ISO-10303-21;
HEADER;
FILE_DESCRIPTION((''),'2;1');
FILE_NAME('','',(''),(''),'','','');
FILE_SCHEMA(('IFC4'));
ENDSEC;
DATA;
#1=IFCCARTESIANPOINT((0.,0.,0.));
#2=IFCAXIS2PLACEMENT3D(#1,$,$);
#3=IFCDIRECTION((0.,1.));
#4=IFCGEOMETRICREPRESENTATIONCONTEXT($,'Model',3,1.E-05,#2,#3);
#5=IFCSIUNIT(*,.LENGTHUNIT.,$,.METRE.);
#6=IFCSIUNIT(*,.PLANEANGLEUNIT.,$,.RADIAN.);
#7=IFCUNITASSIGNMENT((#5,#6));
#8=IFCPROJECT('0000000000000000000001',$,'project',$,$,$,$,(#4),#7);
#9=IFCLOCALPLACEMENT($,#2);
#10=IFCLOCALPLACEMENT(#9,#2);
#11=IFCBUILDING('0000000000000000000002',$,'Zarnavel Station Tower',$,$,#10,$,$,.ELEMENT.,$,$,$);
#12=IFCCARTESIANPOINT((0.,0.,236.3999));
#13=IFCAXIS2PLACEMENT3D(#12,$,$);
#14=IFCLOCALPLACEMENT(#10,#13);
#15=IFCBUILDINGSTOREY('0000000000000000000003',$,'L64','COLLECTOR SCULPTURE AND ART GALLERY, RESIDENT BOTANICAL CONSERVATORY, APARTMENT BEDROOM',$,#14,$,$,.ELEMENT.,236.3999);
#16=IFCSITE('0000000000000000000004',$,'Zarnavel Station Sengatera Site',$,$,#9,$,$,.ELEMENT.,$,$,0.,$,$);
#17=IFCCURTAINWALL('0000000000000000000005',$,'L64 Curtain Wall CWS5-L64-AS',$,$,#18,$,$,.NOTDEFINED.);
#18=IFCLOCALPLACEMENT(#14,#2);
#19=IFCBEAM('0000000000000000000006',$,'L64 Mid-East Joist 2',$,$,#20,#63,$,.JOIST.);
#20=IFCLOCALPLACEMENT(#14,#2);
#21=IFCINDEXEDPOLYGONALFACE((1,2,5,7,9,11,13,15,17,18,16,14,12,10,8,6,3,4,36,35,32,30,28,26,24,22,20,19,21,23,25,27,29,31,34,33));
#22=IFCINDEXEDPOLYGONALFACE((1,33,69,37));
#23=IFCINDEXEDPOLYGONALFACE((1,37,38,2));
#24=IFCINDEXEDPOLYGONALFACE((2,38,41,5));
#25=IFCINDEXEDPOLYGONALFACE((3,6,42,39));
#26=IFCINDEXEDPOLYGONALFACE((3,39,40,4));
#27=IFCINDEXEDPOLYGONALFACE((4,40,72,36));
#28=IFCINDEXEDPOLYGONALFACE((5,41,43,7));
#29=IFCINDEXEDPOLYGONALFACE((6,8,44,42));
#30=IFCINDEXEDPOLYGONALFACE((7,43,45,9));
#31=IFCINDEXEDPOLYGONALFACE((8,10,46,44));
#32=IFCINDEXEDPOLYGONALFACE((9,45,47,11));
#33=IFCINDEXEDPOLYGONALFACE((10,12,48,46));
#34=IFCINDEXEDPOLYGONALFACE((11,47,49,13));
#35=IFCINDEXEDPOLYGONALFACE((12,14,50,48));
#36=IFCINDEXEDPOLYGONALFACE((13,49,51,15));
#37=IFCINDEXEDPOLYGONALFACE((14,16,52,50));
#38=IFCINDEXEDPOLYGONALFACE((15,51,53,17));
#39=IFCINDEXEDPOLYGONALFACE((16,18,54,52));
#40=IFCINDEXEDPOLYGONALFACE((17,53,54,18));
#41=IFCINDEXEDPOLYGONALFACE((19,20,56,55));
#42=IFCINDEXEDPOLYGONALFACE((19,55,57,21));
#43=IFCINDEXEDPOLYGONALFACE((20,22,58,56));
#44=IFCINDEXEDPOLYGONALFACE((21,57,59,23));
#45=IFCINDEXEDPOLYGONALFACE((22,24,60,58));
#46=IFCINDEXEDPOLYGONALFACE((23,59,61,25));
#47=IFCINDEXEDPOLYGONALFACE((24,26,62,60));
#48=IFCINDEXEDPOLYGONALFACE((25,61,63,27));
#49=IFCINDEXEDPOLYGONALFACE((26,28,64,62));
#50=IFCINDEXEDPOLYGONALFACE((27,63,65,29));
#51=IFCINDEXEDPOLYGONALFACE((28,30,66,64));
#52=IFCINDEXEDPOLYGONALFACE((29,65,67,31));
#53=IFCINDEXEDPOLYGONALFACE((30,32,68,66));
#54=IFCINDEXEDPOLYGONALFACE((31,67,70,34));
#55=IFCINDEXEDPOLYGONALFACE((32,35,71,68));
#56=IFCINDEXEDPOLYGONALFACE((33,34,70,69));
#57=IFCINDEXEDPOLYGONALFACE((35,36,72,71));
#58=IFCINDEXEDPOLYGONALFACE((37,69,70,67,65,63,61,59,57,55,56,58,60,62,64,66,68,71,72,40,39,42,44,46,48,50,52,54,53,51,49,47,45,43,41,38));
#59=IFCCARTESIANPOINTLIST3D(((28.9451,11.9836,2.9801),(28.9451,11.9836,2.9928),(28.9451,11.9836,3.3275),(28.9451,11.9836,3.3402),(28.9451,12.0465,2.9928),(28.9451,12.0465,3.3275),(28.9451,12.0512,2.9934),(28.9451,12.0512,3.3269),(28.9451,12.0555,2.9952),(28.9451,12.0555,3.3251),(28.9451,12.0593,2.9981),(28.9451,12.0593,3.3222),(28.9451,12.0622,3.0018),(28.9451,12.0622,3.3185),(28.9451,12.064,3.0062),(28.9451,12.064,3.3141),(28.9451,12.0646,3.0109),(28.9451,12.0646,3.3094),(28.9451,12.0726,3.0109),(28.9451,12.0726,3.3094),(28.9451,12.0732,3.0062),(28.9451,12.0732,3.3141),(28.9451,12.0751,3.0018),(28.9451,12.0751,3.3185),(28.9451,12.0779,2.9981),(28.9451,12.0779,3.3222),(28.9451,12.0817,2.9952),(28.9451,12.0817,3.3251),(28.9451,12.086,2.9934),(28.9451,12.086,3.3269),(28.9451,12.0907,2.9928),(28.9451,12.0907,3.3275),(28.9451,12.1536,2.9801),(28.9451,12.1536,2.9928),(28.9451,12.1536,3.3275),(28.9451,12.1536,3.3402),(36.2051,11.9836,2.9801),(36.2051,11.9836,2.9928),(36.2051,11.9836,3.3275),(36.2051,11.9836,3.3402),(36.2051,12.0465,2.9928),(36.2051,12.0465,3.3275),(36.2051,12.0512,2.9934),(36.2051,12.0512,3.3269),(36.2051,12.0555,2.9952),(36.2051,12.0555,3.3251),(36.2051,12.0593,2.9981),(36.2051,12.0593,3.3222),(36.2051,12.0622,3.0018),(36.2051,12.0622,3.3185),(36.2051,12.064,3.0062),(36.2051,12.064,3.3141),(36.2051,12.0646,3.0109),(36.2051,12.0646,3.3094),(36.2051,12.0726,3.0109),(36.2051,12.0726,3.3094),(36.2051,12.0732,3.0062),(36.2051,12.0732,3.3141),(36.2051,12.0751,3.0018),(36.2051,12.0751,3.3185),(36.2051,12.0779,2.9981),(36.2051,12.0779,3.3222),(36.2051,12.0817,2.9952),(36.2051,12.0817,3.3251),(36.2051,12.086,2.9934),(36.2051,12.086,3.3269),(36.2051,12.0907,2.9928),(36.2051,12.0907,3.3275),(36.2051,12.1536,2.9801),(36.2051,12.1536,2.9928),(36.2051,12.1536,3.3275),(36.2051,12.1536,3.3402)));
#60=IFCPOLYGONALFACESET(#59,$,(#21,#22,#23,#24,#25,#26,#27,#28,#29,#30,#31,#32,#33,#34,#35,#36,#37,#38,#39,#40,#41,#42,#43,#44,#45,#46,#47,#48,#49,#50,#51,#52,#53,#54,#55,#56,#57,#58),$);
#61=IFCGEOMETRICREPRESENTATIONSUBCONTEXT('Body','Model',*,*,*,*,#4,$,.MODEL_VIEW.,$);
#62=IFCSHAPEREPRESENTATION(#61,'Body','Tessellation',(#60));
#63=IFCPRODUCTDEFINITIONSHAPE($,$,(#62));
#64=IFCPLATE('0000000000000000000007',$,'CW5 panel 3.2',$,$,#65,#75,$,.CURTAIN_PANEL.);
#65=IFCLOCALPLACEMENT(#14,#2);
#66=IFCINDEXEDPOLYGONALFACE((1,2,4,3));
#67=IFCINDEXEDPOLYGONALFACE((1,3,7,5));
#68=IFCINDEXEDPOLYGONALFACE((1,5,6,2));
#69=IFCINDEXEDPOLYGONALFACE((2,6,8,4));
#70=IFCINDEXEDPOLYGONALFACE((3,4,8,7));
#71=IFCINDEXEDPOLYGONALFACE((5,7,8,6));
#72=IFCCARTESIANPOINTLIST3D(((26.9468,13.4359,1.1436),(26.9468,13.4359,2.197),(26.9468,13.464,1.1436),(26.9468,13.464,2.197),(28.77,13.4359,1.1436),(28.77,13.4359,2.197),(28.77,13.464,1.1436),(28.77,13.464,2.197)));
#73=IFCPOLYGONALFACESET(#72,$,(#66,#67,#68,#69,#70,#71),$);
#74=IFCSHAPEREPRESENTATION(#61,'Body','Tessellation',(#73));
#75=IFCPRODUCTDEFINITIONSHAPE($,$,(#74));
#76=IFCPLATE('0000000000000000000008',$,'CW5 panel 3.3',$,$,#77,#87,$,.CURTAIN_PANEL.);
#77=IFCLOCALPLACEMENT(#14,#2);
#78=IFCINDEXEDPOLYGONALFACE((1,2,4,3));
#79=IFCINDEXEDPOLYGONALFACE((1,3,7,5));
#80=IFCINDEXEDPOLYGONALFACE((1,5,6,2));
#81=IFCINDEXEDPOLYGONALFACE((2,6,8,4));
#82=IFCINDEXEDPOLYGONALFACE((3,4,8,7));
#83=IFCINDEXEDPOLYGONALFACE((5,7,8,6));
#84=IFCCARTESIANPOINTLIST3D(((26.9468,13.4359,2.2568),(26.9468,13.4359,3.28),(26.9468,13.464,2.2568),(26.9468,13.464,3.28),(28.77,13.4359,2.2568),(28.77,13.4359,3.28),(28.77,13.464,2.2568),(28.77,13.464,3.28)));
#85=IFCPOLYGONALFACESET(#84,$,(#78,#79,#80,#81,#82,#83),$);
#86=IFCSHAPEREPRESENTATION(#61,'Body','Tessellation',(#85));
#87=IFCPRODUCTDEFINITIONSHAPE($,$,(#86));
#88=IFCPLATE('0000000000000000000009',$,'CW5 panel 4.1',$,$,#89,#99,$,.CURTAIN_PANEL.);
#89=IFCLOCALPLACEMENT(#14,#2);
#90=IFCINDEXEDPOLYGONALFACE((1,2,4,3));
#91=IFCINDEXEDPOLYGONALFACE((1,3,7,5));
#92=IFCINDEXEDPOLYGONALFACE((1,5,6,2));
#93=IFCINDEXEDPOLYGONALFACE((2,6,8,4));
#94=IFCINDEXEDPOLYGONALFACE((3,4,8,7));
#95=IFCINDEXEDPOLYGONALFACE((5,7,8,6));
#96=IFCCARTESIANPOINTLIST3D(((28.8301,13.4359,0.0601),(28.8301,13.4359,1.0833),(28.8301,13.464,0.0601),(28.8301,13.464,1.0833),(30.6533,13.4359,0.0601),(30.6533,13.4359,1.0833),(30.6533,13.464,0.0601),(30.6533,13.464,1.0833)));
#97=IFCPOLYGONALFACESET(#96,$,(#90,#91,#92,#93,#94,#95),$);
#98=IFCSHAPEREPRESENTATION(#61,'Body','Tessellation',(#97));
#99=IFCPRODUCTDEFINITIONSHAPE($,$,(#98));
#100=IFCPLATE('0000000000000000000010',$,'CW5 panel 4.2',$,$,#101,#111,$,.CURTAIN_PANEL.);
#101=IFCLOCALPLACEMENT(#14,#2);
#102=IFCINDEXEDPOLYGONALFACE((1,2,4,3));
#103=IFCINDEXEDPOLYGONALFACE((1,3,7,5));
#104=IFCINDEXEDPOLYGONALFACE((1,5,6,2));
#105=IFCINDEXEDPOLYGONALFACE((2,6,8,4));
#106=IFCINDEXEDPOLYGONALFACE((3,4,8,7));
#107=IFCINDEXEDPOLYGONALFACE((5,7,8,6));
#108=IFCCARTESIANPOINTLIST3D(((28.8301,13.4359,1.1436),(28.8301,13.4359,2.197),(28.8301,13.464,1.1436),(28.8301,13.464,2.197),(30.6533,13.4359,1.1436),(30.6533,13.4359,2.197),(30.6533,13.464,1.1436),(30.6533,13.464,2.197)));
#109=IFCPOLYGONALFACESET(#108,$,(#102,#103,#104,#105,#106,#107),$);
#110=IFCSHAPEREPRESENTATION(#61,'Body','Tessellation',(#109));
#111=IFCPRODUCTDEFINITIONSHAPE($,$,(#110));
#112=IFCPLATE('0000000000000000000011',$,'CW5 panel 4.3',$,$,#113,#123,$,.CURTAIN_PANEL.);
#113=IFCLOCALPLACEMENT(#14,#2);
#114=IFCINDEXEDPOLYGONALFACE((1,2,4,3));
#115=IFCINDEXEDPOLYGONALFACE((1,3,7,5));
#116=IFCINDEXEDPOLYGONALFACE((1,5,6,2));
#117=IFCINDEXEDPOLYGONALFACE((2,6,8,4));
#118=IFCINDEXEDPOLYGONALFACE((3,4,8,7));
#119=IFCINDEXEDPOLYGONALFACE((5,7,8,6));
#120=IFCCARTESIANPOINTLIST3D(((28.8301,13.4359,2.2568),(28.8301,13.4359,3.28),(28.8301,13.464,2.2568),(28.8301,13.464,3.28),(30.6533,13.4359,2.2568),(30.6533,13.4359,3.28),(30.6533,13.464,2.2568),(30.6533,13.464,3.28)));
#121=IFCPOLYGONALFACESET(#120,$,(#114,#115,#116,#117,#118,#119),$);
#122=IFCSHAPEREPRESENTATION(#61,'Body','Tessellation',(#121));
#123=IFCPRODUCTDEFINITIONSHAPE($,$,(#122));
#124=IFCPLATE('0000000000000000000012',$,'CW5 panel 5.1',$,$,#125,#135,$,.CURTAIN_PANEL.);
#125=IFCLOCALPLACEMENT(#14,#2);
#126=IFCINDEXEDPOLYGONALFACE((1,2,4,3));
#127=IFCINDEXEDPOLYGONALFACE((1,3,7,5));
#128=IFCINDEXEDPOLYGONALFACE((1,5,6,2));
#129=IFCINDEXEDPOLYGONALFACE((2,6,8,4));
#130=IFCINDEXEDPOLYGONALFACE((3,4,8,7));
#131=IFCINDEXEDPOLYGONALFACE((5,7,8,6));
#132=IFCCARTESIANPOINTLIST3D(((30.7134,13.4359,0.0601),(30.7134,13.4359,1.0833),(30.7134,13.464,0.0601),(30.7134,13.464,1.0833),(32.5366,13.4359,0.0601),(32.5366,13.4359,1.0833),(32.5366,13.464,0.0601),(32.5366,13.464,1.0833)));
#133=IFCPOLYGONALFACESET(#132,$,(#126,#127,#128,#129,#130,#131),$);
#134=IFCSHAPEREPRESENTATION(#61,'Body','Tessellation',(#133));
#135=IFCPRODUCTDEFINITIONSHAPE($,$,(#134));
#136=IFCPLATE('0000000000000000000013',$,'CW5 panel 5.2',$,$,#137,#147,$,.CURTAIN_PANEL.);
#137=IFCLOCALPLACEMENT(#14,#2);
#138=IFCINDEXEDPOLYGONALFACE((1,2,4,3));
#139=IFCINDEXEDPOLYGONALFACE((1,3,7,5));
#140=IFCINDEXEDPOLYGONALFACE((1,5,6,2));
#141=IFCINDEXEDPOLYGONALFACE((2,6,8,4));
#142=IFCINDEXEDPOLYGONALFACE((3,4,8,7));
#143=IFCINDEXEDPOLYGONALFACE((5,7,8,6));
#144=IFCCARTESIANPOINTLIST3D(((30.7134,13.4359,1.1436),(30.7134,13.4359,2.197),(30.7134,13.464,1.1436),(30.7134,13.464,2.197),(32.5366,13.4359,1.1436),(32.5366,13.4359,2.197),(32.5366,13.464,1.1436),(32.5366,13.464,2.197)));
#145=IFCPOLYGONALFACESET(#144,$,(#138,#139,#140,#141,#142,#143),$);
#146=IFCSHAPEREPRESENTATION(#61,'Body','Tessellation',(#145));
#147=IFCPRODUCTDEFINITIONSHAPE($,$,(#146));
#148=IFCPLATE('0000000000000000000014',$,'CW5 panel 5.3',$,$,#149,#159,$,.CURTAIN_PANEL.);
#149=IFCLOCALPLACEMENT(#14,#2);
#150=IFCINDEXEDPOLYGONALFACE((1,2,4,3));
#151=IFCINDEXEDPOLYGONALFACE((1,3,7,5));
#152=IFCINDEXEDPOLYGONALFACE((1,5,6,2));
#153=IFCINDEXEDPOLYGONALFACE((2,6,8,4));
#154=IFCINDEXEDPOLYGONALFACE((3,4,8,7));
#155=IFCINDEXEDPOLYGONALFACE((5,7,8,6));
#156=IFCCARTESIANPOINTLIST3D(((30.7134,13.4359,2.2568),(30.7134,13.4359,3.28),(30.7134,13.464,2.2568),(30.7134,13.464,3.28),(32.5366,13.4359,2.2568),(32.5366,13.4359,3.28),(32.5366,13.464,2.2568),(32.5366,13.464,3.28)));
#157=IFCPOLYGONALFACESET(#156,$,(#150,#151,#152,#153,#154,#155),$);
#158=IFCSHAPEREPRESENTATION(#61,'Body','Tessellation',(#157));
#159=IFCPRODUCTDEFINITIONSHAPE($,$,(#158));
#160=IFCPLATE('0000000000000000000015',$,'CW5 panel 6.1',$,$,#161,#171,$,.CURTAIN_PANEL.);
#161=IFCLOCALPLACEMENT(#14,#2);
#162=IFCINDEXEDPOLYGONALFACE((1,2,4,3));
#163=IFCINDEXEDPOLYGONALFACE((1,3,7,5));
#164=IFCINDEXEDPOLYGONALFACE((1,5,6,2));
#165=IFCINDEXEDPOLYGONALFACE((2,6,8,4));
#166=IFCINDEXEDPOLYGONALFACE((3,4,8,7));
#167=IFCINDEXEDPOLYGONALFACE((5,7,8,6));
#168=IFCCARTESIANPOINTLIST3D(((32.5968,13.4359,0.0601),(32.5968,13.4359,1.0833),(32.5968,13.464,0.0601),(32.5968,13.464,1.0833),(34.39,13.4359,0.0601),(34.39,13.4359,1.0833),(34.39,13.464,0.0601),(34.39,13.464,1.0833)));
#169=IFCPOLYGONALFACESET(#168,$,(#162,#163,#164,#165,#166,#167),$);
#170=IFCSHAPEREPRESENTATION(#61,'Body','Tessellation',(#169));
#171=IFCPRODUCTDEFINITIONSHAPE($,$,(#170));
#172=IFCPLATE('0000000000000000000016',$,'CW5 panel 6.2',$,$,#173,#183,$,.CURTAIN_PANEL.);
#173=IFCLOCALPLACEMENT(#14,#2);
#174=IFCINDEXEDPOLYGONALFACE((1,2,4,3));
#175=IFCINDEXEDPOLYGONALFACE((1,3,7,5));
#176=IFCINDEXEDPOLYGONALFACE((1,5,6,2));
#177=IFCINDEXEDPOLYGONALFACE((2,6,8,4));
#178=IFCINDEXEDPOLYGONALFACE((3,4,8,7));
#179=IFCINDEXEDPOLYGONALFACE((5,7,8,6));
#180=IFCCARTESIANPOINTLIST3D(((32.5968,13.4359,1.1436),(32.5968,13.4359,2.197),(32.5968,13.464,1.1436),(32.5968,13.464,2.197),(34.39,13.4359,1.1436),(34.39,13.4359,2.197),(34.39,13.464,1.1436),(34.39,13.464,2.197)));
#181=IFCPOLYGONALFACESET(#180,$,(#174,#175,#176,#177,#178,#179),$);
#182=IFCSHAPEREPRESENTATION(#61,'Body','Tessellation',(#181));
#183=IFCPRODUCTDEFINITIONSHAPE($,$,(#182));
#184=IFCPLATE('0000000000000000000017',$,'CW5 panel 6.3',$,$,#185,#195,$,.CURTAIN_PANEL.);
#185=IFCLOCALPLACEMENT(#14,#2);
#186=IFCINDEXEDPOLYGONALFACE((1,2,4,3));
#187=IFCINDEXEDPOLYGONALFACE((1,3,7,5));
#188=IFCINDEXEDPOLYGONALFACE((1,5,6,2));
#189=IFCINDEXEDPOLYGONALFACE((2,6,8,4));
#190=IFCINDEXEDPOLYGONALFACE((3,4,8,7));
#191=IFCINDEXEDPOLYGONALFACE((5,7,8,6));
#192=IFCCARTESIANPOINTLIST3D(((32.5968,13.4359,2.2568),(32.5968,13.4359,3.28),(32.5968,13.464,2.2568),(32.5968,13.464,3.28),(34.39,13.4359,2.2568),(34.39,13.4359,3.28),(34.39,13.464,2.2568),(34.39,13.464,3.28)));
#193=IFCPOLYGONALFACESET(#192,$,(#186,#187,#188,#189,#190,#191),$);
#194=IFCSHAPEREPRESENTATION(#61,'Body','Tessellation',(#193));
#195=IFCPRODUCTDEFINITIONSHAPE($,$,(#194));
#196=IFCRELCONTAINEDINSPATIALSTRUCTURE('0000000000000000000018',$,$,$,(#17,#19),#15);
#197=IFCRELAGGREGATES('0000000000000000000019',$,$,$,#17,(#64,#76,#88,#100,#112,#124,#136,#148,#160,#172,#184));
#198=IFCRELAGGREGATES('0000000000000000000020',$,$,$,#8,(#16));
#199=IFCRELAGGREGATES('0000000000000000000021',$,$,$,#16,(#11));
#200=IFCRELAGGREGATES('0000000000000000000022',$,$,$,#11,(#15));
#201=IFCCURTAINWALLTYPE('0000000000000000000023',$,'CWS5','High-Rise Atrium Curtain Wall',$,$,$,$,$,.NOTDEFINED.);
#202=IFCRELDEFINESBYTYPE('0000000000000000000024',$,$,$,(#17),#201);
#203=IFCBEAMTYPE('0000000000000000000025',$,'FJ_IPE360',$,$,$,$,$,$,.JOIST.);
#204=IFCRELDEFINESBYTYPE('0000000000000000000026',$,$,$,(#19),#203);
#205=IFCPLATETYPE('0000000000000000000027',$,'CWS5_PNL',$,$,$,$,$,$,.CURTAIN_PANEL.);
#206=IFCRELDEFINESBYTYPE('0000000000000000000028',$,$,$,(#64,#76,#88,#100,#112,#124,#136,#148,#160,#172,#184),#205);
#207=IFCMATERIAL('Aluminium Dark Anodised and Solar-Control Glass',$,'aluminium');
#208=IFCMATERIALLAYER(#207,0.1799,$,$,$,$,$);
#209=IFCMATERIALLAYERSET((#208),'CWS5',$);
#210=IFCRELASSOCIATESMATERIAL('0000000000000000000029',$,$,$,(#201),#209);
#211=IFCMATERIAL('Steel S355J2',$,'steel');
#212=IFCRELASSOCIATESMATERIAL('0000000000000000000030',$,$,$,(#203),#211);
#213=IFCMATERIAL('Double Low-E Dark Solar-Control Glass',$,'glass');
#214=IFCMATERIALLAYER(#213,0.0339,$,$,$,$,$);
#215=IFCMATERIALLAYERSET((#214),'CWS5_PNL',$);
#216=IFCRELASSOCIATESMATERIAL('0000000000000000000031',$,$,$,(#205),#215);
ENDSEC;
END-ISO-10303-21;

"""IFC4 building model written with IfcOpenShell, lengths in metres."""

from ifc_helpers import new_model, si_unit, direction, frame, origin, origin_2d, place, context, subcontext, project, spatial, rectangle, i_section, extrude, material, layer, layer_set, material_profile, profile_set, type_object, element, aggregate, save


model = new_model("IFC4")

# Units and contexts
model_context = context("Model", 3, precision=1e-05, world=origin(), true_north=direction((0.0, 1.0)))
body_context = subcontext(model_context, "Body", "Model", "MODEL_VIEW")
ifc_project = project(units=[si_unit("LENGTHUNIT", "METRE"), si_unit("PLANEANGLEUNIT", "RADIAN")], contexts=[model_context])

# Site, building, storey
site_placement = place(None, origin())
site = spatial("IfcSite", under=ifc_project, at=site_placement, Name="Zarnavel Station Sengatera Site", CompositionType="ELEMENT", RefElevation=0.0)
building_placement = place(site_placement, origin())
building = spatial("IfcBuilding", under=site, at=building_placement, Name="Zarnavel Station Tower", CompositionType="ELEMENT")
storey_placement = place(building_placement, frame((0.0, 0.0, 236.3999)))
storey = spatial("IfcBuildingStorey", under=building, at=storey_placement, Name="L64", Description="COLLECTOR SCULPTURE AND ART GALLERY, RESIDENT BOTANICAL CONSERVATORY, APARTMENT BEDROOM", CompositionType="ELEMENT", Elevation=236.3999)

# Curtain wall
ifc_material_1 = material(Name="Aluminium Dark Anodised and Solar-Control Glass", Category="aluminium")
ifc_layer_1 = layer(ifc_material_1, 0.1799)
ifc_layer_set_1 = layer_set([ifc_layer_1], Name="CWS5")
curtain_wall_type = type_object("IfcCurtainWallType", Name="CWS5", Description="High-Rise Atrium Curtain Wall", PredefinedType="NOTDEFINED", material=ifc_layer_set_1)
curtain_wall_placement = place(storey_placement, origin())
curtain_wall = element("IfcCurtainWall", 1, at=curtain_wall_placement, inside=storey, type_object=curtain_wall_type, Name="L64 Curtain Wall CWS5-L64-AS", PredefinedType="NOTDEFINED")

# Beam
ifc_material_2 = material(Name="Steel S355J2", Category="steel")
ifc_material_profile_1 = material_profile(ifc_material_2, i_section(OverallWidth=0.1699, OverallDepth=0.3601, WebThickness=0.0081, FlangeThickness=0.0127, FilletRadius=0.0181, at=origin_2d()), Name="IPE360")
ifc_profile_set_1 = profile_set([ifc_material_profile_1], Name="Steel S355J2")
beam_type_1 = type_object("IfcBeamType", Name="FJ_IPE360", PredefinedType="JOIST", material=ifc_profile_set_1)
for number, where, z_axis, x_axis, name in (
    (2, (28.9451, 12.0686, 3.1602), (1.0, 0.0, 0.0), (0.0, 1.0, 0.0), "L64 Mid-East Joist 2"),
):
    element("IfcBeam", number, at=place(storey_placement, frame(where, z_axis=z_axis, x_axis=x_axis)), inside=storey, type_object=beam_type_1, Name=name, PredefinedType="JOIST", context=body_context, shape_type="SweptSolid", body=[
        extrude(i_section(OverallWidth=0.1699, OverallDepth=0.3601, WebThickness=0.0081, FlangeThickness=0.0127, FilletRadius=0.0181, at=origin_2d()), origin(), (0.0, 0.0, 1.0), 7.26),
    ])

# Plates
ifc_material_3 = material(Name="Double Low-E Dark Solar-Control Glass", Category="glass")
ifc_layer_2 = layer(ifc_material_3, 0.0339)
ifc_layer_set_2 = layer_set([ifc_layer_2], Name="CWS5_PNL")
plate_type = type_object("IfcPlateType", Name="CWS5_PNL", PredefinedType="CURTAIN_PANEL", material=ifc_layer_set_2)
plate_1_placement = place(storey_placement, frame((27.8584, 13.45, 1.1436), z_axis=(0.0, 0.0, 1.0), x_axis=(1.0, 0.0, 0.0)))
plate_1 = element("IfcPlate", 3, at=plate_1_placement, type_object=plate_type, Name="CW5 panel 3.2", PredefinedType="CURTAIN_PANEL", context=body_context, shape_type="SweptSolid", body=[
    extrude(rectangle(XDim=1.8232, YDim=0.0281, at=origin_2d()), origin(), (0.0, 0.0, 1.0), 1.0535),
])
plate_2_placement = place(storey_placement, frame((27.8584, 13.45, 2.2568), z_axis=(0.0, 0.0, 1.0), x_axis=(1.0, 0.0, 0.0)))
plate_2 = element("IfcPlate", 4, at=plate_2_placement, type_object=plate_type, Name="CW5 panel 3.3", PredefinedType="CURTAIN_PANEL", context=body_context, shape_type="SweptSolid", body=[
    extrude(rectangle(XDim=1.8232, YDim=0.0281, at=origin_2d()), origin(), (0.0, 0.0, 1.0), 1.0232),
])
plate_3_placement = place(storey_placement, frame((29.7417, 13.45, 0.0601), z_axis=(0.0, 0.0, 1.0), x_axis=(1.0, 0.0, 0.0)))
plate_3 = element("IfcPlate", 5, at=plate_3_placement, type_object=plate_type, Name="CW5 panel 4.1", PredefinedType="CURTAIN_PANEL", context=body_context, shape_type="SweptSolid", body=[
    extrude(rectangle(XDim=1.8232, YDim=0.0281, at=origin_2d()), origin(), (0.0, 0.0, 1.0), 1.0232),
])
plate_4_placement = place(storey_placement, frame((29.7417, 13.45, 1.1436), z_axis=(0.0, 0.0, 1.0), x_axis=(1.0, 0.0, 0.0)))
plate_4 = element("IfcPlate", 6, at=plate_4_placement, type_object=plate_type, Name="CW5 panel 4.2", PredefinedType="CURTAIN_PANEL", context=body_context, shape_type="SweptSolid", body=[
    extrude(rectangle(XDim=1.8232, YDim=0.0281, at=origin_2d()), origin(), (0.0, 0.0, 1.0), 1.0535),
])
plate_5_placement = place(storey_placement, frame((29.7417, 13.45, 2.2568), z_axis=(0.0, 0.0, 1.0), x_axis=(1.0, 0.0, 0.0)))
plate_5 = element("IfcPlate", 7, at=plate_5_placement, type_object=plate_type, Name="CW5 panel 4.3", PredefinedType="CURTAIN_PANEL", context=body_context, shape_type="SweptSolid", body=[
    extrude(rectangle(XDim=1.8232, YDim=0.0281, at=origin_2d()), origin(), (0.0, 0.0, 1.0), 1.0232),
])
plate_6_placement = place(storey_placement, frame((31.625, 13.45, 0.0601), z_axis=(0.0, 0.0, 1.0), x_axis=(1.0, 0.0, 0.0)))
plate_6 = element("IfcPlate", 8, at=plate_6_placement, type_object=plate_type, Name="CW5 panel 5.1", PredefinedType="CURTAIN_PANEL", context=body_context, shape_type="SweptSolid", body=[
    extrude(rectangle(XDim=1.8232, YDim=0.0281, at=origin_2d()), origin(), (0.0, 0.0, 1.0), 1.0232),
])
plate_7_placement = place(storey_placement, frame((31.625, 13.45, 1.1436), z_axis=(0.0, 0.0, 1.0), x_axis=(1.0, 0.0, 0.0)))
plate_7 = element("IfcPlate", 9, at=plate_7_placement, type_object=plate_type, Name="CW5 panel 5.2", PredefinedType="CURTAIN_PANEL", context=body_context, shape_type="SweptSolid", body=[
    extrude(rectangle(XDim=1.8232, YDim=0.0281, at=origin_2d()), origin(), (0.0, 0.0, 1.0), 1.0535),
])
plate_8_placement = place(storey_placement, frame((31.625, 13.45, 2.2568), z_axis=(0.0, 0.0, 1.0), x_axis=(1.0, 0.0, 0.0)))
plate_8 = element("IfcPlate", 10, at=plate_8_placement, type_object=plate_type, Name="CW5 panel 5.3", PredefinedType="CURTAIN_PANEL", context=body_context, shape_type="SweptSolid", body=[
    extrude(rectangle(XDim=1.8232, YDim=0.0281, at=origin_2d()), origin(), (0.0, 0.0, 1.0), 1.0232),
])
plate_9_placement = place(storey_placement, frame((33.4934, 13.45, 0.0601), z_axis=(0.0, 0.0, 1.0), x_axis=(1.0, 0.0, 0.0)))
plate_9 = element("IfcPlate", 11, at=plate_9_placement, type_object=plate_type, Name="CW5 panel 6.1", PredefinedType="CURTAIN_PANEL", context=body_context, shape_type="SweptSolid", body=[
    extrude(rectangle(XDim=1.7932, YDim=0.0281, at=origin_2d()), origin(), (0.0, 0.0, 1.0), 1.0232),
])
plate_10_placement = place(storey_placement, frame((33.4934, 13.45, 1.1436), z_axis=(0.0, 0.0, 1.0), x_axis=(1.0, 0.0, 0.0)))
plate_10 = element("IfcPlate", 12, at=plate_10_placement, type_object=plate_type, Name="CW5 panel 6.2", PredefinedType="CURTAIN_PANEL", context=body_context, shape_type="SweptSolid", body=[
    extrude(rectangle(XDim=1.7932, YDim=0.0281, at=origin_2d()), origin(), (0.0, 0.0, 1.0), 1.0535),
])
plate_11_placement = place(storey_placement, frame((33.4934, 13.45, 2.2568), z_axis=(0.0, 0.0, 1.0), x_axis=(1.0, 0.0, 0.0)))
plate_11 = element("IfcPlate", 13, at=plate_11_placement, type_object=plate_type, Name="CW5 panel 6.3", PredefinedType="CURTAIN_PANEL", context=body_context, shape_type="SweptSolid", body=[
    extrude(rectangle(XDim=1.7932, YDim=0.0281, at=origin_2d()), origin(), (0.0, 0.0, 1.0), 1.0232),
])
aggregate(curtain_wall, [plate_1, plate_2, plate_3, plate_4, plate_5, plate_6, plate_7, plate_8, plate_9, plate_10, plate_11])

save(model, "model.ifc")
